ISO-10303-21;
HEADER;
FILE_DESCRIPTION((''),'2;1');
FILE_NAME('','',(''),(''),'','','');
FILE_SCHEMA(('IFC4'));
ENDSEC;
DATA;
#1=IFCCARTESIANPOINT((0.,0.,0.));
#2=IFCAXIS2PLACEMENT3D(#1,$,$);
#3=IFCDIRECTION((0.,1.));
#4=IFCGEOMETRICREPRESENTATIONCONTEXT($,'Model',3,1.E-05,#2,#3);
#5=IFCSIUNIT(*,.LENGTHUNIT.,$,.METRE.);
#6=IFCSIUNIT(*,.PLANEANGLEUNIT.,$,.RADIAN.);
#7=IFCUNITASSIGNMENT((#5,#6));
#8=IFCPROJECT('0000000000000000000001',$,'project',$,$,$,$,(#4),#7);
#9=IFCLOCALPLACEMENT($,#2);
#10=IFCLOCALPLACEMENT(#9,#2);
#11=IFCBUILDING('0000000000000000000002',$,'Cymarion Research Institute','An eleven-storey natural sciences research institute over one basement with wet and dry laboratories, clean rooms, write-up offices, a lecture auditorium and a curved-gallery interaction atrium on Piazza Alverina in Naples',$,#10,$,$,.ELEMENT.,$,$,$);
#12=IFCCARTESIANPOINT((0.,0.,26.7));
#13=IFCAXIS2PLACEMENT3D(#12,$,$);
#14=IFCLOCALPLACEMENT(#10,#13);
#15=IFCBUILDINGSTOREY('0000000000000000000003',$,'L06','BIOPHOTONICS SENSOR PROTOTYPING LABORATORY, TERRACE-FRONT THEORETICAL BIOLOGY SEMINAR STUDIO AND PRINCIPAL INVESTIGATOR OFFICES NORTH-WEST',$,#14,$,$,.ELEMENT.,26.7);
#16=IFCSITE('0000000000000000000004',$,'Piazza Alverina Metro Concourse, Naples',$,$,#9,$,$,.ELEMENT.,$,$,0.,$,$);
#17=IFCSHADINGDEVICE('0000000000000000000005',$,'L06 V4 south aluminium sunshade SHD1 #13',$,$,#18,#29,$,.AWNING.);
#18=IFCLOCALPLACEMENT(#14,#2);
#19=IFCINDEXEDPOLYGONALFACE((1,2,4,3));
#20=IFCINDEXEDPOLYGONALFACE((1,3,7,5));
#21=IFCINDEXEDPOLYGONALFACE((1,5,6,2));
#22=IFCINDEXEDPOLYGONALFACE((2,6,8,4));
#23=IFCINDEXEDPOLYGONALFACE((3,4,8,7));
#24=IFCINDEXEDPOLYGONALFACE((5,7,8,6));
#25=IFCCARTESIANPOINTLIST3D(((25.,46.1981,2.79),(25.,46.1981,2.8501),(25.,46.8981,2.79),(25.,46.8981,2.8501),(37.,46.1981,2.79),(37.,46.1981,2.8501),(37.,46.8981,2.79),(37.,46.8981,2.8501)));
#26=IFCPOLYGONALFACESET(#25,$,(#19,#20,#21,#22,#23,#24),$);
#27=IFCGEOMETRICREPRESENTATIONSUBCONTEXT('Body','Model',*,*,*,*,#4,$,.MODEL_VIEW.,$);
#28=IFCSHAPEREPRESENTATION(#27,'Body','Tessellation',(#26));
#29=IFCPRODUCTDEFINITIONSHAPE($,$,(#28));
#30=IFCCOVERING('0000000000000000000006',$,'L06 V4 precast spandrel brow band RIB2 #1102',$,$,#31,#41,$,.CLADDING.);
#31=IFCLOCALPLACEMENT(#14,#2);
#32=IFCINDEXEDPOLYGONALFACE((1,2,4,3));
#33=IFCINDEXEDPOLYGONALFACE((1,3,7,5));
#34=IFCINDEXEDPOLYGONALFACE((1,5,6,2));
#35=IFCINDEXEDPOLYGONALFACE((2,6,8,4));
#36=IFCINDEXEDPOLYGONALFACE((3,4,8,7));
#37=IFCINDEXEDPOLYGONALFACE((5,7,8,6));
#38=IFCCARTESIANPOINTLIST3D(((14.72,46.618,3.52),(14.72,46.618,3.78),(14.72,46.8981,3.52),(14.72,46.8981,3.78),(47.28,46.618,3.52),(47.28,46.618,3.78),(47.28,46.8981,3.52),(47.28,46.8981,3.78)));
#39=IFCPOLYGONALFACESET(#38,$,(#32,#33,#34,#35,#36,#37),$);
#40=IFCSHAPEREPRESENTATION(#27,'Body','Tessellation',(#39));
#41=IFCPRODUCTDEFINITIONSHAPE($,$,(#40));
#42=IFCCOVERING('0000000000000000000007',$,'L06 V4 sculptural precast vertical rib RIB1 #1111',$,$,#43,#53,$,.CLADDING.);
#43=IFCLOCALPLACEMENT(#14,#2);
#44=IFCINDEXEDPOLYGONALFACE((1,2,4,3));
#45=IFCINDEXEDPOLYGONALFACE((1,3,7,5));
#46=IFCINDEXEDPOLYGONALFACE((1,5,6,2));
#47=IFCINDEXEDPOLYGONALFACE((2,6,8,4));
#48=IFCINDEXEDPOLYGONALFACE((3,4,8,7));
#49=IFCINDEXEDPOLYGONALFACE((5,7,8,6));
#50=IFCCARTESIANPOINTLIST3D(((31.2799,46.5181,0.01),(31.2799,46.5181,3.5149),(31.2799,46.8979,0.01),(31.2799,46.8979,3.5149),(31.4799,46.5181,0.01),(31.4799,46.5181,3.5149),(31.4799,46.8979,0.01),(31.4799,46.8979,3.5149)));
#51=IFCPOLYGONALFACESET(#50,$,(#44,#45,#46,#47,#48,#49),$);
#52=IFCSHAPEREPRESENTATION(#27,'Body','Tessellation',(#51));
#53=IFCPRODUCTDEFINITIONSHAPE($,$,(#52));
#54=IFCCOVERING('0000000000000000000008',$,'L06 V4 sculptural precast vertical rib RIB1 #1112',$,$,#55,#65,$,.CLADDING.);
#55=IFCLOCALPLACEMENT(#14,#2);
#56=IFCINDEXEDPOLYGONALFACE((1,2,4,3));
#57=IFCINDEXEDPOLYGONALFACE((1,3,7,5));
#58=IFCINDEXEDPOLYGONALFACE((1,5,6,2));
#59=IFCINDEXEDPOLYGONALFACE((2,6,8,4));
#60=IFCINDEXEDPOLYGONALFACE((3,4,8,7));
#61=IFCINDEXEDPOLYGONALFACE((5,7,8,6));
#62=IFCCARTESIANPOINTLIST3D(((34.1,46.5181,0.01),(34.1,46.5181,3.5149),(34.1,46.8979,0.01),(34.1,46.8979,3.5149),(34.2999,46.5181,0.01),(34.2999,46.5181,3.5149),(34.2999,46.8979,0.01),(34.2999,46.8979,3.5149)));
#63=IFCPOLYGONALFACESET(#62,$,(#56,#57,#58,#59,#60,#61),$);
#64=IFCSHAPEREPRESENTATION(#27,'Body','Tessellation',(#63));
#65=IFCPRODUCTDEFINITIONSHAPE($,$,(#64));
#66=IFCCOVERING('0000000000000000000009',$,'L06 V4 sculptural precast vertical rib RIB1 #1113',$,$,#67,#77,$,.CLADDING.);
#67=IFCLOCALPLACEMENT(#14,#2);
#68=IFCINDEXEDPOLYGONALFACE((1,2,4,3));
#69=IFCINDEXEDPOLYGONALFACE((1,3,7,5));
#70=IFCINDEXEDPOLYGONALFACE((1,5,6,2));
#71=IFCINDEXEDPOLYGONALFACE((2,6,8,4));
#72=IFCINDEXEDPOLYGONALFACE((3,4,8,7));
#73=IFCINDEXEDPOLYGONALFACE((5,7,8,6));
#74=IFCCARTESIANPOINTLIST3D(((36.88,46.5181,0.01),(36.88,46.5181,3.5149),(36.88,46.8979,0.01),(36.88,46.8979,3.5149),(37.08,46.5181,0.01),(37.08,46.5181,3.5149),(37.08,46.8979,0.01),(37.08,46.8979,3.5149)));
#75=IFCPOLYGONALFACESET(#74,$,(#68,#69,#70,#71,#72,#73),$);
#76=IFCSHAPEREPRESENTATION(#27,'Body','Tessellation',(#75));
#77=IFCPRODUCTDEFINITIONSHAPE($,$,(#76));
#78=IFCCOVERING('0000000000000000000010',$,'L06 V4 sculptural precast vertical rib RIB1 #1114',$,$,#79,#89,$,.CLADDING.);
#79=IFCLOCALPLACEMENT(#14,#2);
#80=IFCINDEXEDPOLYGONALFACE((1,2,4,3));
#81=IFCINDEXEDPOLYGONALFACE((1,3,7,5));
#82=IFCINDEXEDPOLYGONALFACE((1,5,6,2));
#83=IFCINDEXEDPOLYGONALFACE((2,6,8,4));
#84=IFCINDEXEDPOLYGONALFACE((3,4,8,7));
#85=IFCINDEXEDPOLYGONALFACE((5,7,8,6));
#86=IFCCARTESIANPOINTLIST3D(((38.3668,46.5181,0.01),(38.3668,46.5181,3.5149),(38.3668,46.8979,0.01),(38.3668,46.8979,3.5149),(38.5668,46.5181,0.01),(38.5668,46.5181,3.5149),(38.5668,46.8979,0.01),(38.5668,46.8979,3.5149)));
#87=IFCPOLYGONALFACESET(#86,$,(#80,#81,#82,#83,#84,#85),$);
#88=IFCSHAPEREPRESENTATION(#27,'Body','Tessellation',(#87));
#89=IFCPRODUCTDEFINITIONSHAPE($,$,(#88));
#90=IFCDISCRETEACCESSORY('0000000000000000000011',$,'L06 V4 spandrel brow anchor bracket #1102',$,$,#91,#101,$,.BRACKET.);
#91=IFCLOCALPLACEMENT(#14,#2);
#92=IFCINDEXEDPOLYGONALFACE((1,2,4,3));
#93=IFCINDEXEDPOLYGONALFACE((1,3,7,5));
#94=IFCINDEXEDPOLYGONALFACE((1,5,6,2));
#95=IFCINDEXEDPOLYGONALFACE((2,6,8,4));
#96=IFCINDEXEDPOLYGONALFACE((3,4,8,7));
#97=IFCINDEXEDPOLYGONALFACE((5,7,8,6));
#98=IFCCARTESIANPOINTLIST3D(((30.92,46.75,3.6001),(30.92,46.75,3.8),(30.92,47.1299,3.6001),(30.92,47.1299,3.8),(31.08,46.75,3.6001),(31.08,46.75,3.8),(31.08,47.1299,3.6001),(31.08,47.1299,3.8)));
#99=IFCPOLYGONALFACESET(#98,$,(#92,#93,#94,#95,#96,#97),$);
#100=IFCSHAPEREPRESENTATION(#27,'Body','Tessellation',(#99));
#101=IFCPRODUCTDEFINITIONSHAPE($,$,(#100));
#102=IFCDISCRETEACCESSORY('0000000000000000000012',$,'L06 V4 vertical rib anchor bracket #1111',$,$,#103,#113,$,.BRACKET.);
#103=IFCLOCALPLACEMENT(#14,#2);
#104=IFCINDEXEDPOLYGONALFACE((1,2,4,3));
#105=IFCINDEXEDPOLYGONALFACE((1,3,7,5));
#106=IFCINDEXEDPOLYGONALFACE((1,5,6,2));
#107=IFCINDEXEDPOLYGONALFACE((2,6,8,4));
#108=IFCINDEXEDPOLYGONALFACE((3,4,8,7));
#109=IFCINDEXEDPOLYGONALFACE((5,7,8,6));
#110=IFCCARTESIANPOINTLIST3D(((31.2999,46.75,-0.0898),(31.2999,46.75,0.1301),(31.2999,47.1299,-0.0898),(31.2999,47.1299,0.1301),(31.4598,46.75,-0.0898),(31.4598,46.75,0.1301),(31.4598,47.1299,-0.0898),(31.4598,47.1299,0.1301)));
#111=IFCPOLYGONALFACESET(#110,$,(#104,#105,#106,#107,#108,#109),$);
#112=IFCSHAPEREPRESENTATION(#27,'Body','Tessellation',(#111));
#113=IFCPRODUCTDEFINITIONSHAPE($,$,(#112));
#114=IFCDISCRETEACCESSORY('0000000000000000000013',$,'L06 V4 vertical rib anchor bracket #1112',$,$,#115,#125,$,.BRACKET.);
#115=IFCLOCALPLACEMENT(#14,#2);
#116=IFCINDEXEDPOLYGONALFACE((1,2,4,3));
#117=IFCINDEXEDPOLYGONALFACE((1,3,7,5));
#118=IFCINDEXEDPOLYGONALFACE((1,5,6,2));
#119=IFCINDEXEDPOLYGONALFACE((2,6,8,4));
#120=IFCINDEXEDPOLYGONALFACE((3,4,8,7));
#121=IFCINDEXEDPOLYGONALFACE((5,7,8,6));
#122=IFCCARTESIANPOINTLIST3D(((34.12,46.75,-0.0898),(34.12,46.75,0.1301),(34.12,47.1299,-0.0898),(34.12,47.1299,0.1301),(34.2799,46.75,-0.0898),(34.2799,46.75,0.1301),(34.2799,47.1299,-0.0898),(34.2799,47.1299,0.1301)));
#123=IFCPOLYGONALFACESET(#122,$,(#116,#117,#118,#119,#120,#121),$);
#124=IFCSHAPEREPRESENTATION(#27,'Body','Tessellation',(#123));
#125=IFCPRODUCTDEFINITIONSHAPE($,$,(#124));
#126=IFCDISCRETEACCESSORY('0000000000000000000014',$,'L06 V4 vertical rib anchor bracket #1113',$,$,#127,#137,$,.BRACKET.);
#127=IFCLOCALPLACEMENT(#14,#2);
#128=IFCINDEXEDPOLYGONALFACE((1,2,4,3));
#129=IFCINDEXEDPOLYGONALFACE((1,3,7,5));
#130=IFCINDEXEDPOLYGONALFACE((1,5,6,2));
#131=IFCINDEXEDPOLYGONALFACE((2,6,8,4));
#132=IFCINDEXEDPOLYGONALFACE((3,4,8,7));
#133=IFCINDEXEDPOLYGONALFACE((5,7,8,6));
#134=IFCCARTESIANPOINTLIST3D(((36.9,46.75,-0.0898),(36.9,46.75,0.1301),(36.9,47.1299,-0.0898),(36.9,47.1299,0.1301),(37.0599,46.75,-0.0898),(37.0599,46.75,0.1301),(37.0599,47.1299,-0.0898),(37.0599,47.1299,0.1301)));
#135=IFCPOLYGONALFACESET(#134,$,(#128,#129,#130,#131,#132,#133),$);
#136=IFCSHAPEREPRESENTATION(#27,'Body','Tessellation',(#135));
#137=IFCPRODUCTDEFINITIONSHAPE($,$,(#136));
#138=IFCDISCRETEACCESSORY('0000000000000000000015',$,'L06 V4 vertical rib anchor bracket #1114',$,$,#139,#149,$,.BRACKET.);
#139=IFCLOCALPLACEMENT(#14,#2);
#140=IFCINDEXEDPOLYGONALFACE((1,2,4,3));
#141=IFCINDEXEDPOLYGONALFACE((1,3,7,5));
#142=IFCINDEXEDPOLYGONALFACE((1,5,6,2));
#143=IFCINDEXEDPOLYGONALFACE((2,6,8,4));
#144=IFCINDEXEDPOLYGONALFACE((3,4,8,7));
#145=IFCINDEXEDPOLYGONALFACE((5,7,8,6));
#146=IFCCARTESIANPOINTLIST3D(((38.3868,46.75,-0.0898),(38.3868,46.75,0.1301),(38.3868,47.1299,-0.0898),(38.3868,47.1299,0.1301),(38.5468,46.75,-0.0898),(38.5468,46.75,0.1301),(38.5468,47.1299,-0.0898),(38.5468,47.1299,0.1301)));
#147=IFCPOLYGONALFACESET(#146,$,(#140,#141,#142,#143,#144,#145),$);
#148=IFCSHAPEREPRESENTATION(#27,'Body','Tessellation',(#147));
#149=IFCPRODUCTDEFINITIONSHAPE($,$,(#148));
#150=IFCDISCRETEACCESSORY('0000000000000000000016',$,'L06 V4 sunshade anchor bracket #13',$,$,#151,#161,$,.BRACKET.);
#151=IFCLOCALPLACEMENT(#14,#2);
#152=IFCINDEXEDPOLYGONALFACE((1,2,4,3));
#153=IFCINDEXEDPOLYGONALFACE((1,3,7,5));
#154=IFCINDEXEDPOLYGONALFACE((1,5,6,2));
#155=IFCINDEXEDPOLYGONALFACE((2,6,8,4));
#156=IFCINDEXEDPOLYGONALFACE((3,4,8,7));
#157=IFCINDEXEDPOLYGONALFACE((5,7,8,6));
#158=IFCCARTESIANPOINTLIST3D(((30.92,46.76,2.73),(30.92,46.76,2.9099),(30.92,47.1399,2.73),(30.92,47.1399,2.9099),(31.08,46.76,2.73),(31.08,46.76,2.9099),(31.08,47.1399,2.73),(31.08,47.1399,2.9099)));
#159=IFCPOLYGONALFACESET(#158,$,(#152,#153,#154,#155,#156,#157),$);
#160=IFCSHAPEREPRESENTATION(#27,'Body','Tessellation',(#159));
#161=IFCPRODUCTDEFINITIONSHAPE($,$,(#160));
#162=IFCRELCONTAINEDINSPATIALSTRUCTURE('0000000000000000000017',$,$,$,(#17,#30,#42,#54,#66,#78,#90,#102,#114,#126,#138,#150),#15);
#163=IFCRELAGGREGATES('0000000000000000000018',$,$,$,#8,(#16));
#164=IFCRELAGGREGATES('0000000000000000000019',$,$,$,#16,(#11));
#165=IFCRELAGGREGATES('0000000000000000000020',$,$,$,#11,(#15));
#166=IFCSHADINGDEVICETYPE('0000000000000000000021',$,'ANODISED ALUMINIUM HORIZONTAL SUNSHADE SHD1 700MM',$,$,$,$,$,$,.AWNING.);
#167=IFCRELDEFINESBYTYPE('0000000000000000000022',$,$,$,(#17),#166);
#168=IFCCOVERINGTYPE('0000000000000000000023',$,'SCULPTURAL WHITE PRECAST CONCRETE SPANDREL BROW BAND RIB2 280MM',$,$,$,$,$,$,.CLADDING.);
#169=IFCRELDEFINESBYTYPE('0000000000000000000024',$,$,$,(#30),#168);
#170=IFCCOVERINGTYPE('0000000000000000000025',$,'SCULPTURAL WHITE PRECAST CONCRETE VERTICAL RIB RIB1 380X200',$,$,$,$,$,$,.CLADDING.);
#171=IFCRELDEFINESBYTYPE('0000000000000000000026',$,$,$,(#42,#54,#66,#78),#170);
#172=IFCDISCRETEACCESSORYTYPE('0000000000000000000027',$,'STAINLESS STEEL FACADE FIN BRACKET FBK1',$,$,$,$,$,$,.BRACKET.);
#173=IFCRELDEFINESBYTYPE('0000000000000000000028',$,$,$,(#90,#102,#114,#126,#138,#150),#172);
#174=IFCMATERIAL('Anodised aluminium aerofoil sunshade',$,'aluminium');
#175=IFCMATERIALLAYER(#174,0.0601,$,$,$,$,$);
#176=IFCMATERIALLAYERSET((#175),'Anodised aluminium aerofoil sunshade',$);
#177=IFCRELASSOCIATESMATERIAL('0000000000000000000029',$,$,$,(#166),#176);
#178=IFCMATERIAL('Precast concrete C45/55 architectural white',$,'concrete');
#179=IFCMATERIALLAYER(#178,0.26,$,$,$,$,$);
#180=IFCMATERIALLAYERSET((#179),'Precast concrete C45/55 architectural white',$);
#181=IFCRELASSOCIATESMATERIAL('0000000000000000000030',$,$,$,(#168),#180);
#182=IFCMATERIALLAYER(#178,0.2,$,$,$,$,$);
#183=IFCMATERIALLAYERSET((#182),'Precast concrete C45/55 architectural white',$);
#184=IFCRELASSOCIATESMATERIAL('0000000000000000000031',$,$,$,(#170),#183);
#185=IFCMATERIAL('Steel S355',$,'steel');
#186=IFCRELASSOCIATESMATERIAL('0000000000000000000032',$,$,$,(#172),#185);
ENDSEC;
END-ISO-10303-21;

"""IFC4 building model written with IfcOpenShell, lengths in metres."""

from ifc_helpers import new_model, si_unit, direction, frame, origin, origin_2d, place, context, subcontext, project, spatial, rectangle, extrude, material, layer, layer_set, type_object, element, save


model = new_model("IFC4")

# Units and contexts
model_context = context("Model", 3, precision=1e-05, world=origin(), true_north=direction((0.0, 1.0)))
body_context = subcontext(model_context, "Body", "Model", "MODEL_VIEW")
ifc_project = project(units=[si_unit("LENGTHUNIT", "METRE"), si_unit("PLANEANGLEUNIT", "RADIAN")], contexts=[model_context])

# Site, building, storey
site_placement = place(None, origin())
site = spatial("IfcSite", under=ifc_project, at=site_placement, Name="Piazza Alverina Metro Concourse, Naples", CompositionType="ELEMENT", RefElevation=0.0)
building_placement = place(site_placement, origin())
building = spatial("IfcBuilding", under=site, at=building_placement, Name="Cymarion Research Institute", Description="An eleven-storey natural sciences research institute over one basement with wet and dry laboratories, clean rooms, write-up offices, a lecture auditorium and a curved-gallery interaction atrium on Piazza Alverina in Naples", CompositionType="ELEMENT")
storey_placement = place(building_placement, frame((0.0, 0.0, 26.7)))
storey = spatial("IfcBuildingStorey", under=building, at=storey_placement, Name="L06", Description="BIOPHOTONICS SENSOR PROTOTYPING LABORATORY, TERRACE-FRONT THEORETICAL BIOLOGY SEMINAR STUDIO AND PRINCIPAL INVESTIGATOR OFFICES NORTH-WEST", CompositionType="ELEMENT", Elevation=26.7)

# Shared definitions
ifc_material_1 = material(Name="Steel S355", Category="steel")

# Shading device
ifc_material_2 = material(Name="Anodised aluminium aerofoil sunshade", Category="aluminium")
ifc_layer_1 = layer(ifc_material_2, 0.0601)
ifc_layer_set_1 = layer_set([ifc_layer_1], Name="Anodised aluminium aerofoil sunshade")
shading_device_type = type_object("IfcShadingDeviceType", Name="ANODISED ALUMINIUM HORIZONTAL SUNSHADE SHD1 700MM", PredefinedType="AWNING", material=ifc_layer_set_1)
shading_device_placement = place(storey_placement, frame((31.0, 46.5481, 2.79), z_axis=(0.0, 0.0, 1.0), x_axis=(0.0, -1.0, 0.0)))
element("IfcShadingDevice", 1, at=shading_device_placement, inside=storey, type_object=shading_device_type, Name="L06 V4 south aluminium sunshade SHD1 #13", PredefinedType="AWNING", context=body_context, shape_type="SweptSolid", body=[
    extrude(rectangle(XDim=0.7, YDim=12.0, at=origin_2d()), origin(), (0.0, 0.0, 1.0), 0.0601),
])

# Coverings
ifc_material_3 = material(Name="Precast concrete C45/55 architectural white", Category="concrete")
ifc_layer_2 = layer(ifc_material_3, 0.26)
ifc_layer_set_2 = layer_set([ifc_layer_2], Name="Precast concrete C45/55 architectural white")
covering_type_1 = type_object("IfcCoveringType", Name="SCULPTURAL WHITE PRECAST CONCRETE SPANDREL BROW BAND RIB2 280MM", PredefinedType="CLADDING", material=ifc_layer_set_2)
covering_placement = place(storey_placement, frame((31.0, 46.7581, 3.52), z_axis=(0.0, 0.0, 1.0), x_axis=(0.0, -1.0, 0.0)))
element("IfcCovering", 2, at=covering_placement, inside=storey, type_object=covering_type_1, Name="L06 V4 precast spandrel brow band RIB2 #1102", PredefinedType="CLADDING", context=body_context, shape_type="SweptSolid", body=[
    extrude(rectangle(XDim=0.28, YDim=32.5601, at=origin_2d()), origin(), (0.0, 0.0, 1.0), 0.26),
])
ifc_layer_3 = layer(ifc_material_3, 0.2)
ifc_layer_set_3 = layer_set([ifc_layer_3], Name="Precast concrete C45/55 architectural white")
covering_type_2 = type_object("IfcCoveringType", Name="SCULPTURAL WHITE PRECAST CONCRETE VERTICAL RIB RIB1 380X200", PredefinedType="CLADDING", material=ifc_layer_set_3)
for number, where, z_axis, x_axis, name in (
    (3, (31.3799, 46.708, 0.01), (0.0, 0.0, 1.0), (0.0, -1.0, 0.0), "L06 V4 sculptural precast vertical rib RIB1 #1111"),
    (4, (34.2, 46.708, 0.01), (0.0, 0.0, 1.0), (0.0, -1.0, 0.0), "L06 V4 sculptural precast vertical rib RIB1 #1112"),
    (5, (36.98, 46.708, 0.01), (0.0, 0.0, 1.0), (0.0, -1.0, 0.0), "L06 V4 sculptural precast vertical rib RIB1 #1113"),
    (6, (38.4668, 46.708, 0.01), (0.0, 0.0, 1.0), (0.0, -1.0, 0.0), "L06 V4 sculptural precast vertical rib RIB1 #1114"),
):
    element("IfcCovering", number, at=place(storey_placement, frame(where, z_axis=z_axis, x_axis=x_axis)), inside=storey, type_object=covering_type_2, Name=name, PredefinedType="CLADDING", context=body_context, shape_type="SweptSolid", body=[
        extrude(rectangle(XDim=0.3799, YDim=0.2, at=origin_2d()), origin(), (0.0, 0.0, 1.0), 3.5049),
    ])

# Discrete accessories
discrete_accessory_type = type_object("IfcDiscreteAccessoryType", Name="STAINLESS STEEL FACADE FIN BRACKET FBK1", PredefinedType="BRACKET", material=ifc_material_1)
discrete_accessory_1_placement = place(storey_placement, frame((31.0, 46.9399, 3.6001), z_axis=(0.0, 0.0, 1.0), x_axis=(0.0, -1.0, 0.0)))
element("IfcDiscreteAccessory", 7, at=discrete_accessory_1_placement, inside=storey, type_object=discrete_accessory_type, Name="L06 V4 spandrel brow anchor bracket #1102", PredefinedType="BRACKET", context=body_context, shape_type="SweptSolid", body=[
    extrude(rectangle(XDim=0.3799, YDim=0.1599, at=origin_2d()), origin(), (0.0, 0.0, 1.0), 0.2),
])
for number, where, z_axis, x_axis, name in (
    (8, (31.3799, 46.9399, -0.0898), (0.0, 0.0, 1.0), (0.0, -1.0, 0.0), "L06 V4 vertical rib anchor bracket #1111"),
    (9, (34.2, 46.9399, -0.0898), (0.0, 0.0, 1.0), (0.0, -1.0, 0.0), "L06 V4 vertical rib anchor bracket #1112"),
    (10, (36.98, 46.9399, -0.0898), (0.0, 0.0, 1.0), (0.0, -1.0, 0.0), "L06 V4 vertical rib anchor bracket #1113"),
    (11, (38.4668, 46.9399, -0.0898), (0.0, 0.0, 1.0), (0.0, -1.0, 0.0), "L06 V4 vertical rib anchor bracket #1114"),
):
    element("IfcDiscreteAccessory", number, at=place(storey_placement, frame(where, z_axis=z_axis, x_axis=x_axis)), inside=storey, type_object=discrete_accessory_type, Name=name, PredefinedType="BRACKET", context=body_context, shape_type="SweptSolid", body=[
        extrude(rectangle(XDim=0.3799, YDim=0.1599, at=origin_2d()), origin(), (0.0, 0.0, 1.0), 0.22),
    ])
discrete_accessory_2_placement = place(storey_placement, frame((31.0, 46.95, 2.73), z_axis=(0.0, 0.0, 1.0), x_axis=(0.0, -1.0, 0.0)))
element("IfcDiscreteAccessory", 12, at=discrete_accessory_2_placement, inside=storey, type_object=discrete_accessory_type, Name="L06 V4 sunshade anchor bracket #13", PredefinedType="BRACKET", context=body_context, shape_type="SweptSolid", body=[
    extrude(rectangle(XDim=0.3799, YDim=0.1599, at=origin_2d()), origin(), (0.0, 0.0, 1.0), 0.1799),
])

save(model, "model.ifc")
